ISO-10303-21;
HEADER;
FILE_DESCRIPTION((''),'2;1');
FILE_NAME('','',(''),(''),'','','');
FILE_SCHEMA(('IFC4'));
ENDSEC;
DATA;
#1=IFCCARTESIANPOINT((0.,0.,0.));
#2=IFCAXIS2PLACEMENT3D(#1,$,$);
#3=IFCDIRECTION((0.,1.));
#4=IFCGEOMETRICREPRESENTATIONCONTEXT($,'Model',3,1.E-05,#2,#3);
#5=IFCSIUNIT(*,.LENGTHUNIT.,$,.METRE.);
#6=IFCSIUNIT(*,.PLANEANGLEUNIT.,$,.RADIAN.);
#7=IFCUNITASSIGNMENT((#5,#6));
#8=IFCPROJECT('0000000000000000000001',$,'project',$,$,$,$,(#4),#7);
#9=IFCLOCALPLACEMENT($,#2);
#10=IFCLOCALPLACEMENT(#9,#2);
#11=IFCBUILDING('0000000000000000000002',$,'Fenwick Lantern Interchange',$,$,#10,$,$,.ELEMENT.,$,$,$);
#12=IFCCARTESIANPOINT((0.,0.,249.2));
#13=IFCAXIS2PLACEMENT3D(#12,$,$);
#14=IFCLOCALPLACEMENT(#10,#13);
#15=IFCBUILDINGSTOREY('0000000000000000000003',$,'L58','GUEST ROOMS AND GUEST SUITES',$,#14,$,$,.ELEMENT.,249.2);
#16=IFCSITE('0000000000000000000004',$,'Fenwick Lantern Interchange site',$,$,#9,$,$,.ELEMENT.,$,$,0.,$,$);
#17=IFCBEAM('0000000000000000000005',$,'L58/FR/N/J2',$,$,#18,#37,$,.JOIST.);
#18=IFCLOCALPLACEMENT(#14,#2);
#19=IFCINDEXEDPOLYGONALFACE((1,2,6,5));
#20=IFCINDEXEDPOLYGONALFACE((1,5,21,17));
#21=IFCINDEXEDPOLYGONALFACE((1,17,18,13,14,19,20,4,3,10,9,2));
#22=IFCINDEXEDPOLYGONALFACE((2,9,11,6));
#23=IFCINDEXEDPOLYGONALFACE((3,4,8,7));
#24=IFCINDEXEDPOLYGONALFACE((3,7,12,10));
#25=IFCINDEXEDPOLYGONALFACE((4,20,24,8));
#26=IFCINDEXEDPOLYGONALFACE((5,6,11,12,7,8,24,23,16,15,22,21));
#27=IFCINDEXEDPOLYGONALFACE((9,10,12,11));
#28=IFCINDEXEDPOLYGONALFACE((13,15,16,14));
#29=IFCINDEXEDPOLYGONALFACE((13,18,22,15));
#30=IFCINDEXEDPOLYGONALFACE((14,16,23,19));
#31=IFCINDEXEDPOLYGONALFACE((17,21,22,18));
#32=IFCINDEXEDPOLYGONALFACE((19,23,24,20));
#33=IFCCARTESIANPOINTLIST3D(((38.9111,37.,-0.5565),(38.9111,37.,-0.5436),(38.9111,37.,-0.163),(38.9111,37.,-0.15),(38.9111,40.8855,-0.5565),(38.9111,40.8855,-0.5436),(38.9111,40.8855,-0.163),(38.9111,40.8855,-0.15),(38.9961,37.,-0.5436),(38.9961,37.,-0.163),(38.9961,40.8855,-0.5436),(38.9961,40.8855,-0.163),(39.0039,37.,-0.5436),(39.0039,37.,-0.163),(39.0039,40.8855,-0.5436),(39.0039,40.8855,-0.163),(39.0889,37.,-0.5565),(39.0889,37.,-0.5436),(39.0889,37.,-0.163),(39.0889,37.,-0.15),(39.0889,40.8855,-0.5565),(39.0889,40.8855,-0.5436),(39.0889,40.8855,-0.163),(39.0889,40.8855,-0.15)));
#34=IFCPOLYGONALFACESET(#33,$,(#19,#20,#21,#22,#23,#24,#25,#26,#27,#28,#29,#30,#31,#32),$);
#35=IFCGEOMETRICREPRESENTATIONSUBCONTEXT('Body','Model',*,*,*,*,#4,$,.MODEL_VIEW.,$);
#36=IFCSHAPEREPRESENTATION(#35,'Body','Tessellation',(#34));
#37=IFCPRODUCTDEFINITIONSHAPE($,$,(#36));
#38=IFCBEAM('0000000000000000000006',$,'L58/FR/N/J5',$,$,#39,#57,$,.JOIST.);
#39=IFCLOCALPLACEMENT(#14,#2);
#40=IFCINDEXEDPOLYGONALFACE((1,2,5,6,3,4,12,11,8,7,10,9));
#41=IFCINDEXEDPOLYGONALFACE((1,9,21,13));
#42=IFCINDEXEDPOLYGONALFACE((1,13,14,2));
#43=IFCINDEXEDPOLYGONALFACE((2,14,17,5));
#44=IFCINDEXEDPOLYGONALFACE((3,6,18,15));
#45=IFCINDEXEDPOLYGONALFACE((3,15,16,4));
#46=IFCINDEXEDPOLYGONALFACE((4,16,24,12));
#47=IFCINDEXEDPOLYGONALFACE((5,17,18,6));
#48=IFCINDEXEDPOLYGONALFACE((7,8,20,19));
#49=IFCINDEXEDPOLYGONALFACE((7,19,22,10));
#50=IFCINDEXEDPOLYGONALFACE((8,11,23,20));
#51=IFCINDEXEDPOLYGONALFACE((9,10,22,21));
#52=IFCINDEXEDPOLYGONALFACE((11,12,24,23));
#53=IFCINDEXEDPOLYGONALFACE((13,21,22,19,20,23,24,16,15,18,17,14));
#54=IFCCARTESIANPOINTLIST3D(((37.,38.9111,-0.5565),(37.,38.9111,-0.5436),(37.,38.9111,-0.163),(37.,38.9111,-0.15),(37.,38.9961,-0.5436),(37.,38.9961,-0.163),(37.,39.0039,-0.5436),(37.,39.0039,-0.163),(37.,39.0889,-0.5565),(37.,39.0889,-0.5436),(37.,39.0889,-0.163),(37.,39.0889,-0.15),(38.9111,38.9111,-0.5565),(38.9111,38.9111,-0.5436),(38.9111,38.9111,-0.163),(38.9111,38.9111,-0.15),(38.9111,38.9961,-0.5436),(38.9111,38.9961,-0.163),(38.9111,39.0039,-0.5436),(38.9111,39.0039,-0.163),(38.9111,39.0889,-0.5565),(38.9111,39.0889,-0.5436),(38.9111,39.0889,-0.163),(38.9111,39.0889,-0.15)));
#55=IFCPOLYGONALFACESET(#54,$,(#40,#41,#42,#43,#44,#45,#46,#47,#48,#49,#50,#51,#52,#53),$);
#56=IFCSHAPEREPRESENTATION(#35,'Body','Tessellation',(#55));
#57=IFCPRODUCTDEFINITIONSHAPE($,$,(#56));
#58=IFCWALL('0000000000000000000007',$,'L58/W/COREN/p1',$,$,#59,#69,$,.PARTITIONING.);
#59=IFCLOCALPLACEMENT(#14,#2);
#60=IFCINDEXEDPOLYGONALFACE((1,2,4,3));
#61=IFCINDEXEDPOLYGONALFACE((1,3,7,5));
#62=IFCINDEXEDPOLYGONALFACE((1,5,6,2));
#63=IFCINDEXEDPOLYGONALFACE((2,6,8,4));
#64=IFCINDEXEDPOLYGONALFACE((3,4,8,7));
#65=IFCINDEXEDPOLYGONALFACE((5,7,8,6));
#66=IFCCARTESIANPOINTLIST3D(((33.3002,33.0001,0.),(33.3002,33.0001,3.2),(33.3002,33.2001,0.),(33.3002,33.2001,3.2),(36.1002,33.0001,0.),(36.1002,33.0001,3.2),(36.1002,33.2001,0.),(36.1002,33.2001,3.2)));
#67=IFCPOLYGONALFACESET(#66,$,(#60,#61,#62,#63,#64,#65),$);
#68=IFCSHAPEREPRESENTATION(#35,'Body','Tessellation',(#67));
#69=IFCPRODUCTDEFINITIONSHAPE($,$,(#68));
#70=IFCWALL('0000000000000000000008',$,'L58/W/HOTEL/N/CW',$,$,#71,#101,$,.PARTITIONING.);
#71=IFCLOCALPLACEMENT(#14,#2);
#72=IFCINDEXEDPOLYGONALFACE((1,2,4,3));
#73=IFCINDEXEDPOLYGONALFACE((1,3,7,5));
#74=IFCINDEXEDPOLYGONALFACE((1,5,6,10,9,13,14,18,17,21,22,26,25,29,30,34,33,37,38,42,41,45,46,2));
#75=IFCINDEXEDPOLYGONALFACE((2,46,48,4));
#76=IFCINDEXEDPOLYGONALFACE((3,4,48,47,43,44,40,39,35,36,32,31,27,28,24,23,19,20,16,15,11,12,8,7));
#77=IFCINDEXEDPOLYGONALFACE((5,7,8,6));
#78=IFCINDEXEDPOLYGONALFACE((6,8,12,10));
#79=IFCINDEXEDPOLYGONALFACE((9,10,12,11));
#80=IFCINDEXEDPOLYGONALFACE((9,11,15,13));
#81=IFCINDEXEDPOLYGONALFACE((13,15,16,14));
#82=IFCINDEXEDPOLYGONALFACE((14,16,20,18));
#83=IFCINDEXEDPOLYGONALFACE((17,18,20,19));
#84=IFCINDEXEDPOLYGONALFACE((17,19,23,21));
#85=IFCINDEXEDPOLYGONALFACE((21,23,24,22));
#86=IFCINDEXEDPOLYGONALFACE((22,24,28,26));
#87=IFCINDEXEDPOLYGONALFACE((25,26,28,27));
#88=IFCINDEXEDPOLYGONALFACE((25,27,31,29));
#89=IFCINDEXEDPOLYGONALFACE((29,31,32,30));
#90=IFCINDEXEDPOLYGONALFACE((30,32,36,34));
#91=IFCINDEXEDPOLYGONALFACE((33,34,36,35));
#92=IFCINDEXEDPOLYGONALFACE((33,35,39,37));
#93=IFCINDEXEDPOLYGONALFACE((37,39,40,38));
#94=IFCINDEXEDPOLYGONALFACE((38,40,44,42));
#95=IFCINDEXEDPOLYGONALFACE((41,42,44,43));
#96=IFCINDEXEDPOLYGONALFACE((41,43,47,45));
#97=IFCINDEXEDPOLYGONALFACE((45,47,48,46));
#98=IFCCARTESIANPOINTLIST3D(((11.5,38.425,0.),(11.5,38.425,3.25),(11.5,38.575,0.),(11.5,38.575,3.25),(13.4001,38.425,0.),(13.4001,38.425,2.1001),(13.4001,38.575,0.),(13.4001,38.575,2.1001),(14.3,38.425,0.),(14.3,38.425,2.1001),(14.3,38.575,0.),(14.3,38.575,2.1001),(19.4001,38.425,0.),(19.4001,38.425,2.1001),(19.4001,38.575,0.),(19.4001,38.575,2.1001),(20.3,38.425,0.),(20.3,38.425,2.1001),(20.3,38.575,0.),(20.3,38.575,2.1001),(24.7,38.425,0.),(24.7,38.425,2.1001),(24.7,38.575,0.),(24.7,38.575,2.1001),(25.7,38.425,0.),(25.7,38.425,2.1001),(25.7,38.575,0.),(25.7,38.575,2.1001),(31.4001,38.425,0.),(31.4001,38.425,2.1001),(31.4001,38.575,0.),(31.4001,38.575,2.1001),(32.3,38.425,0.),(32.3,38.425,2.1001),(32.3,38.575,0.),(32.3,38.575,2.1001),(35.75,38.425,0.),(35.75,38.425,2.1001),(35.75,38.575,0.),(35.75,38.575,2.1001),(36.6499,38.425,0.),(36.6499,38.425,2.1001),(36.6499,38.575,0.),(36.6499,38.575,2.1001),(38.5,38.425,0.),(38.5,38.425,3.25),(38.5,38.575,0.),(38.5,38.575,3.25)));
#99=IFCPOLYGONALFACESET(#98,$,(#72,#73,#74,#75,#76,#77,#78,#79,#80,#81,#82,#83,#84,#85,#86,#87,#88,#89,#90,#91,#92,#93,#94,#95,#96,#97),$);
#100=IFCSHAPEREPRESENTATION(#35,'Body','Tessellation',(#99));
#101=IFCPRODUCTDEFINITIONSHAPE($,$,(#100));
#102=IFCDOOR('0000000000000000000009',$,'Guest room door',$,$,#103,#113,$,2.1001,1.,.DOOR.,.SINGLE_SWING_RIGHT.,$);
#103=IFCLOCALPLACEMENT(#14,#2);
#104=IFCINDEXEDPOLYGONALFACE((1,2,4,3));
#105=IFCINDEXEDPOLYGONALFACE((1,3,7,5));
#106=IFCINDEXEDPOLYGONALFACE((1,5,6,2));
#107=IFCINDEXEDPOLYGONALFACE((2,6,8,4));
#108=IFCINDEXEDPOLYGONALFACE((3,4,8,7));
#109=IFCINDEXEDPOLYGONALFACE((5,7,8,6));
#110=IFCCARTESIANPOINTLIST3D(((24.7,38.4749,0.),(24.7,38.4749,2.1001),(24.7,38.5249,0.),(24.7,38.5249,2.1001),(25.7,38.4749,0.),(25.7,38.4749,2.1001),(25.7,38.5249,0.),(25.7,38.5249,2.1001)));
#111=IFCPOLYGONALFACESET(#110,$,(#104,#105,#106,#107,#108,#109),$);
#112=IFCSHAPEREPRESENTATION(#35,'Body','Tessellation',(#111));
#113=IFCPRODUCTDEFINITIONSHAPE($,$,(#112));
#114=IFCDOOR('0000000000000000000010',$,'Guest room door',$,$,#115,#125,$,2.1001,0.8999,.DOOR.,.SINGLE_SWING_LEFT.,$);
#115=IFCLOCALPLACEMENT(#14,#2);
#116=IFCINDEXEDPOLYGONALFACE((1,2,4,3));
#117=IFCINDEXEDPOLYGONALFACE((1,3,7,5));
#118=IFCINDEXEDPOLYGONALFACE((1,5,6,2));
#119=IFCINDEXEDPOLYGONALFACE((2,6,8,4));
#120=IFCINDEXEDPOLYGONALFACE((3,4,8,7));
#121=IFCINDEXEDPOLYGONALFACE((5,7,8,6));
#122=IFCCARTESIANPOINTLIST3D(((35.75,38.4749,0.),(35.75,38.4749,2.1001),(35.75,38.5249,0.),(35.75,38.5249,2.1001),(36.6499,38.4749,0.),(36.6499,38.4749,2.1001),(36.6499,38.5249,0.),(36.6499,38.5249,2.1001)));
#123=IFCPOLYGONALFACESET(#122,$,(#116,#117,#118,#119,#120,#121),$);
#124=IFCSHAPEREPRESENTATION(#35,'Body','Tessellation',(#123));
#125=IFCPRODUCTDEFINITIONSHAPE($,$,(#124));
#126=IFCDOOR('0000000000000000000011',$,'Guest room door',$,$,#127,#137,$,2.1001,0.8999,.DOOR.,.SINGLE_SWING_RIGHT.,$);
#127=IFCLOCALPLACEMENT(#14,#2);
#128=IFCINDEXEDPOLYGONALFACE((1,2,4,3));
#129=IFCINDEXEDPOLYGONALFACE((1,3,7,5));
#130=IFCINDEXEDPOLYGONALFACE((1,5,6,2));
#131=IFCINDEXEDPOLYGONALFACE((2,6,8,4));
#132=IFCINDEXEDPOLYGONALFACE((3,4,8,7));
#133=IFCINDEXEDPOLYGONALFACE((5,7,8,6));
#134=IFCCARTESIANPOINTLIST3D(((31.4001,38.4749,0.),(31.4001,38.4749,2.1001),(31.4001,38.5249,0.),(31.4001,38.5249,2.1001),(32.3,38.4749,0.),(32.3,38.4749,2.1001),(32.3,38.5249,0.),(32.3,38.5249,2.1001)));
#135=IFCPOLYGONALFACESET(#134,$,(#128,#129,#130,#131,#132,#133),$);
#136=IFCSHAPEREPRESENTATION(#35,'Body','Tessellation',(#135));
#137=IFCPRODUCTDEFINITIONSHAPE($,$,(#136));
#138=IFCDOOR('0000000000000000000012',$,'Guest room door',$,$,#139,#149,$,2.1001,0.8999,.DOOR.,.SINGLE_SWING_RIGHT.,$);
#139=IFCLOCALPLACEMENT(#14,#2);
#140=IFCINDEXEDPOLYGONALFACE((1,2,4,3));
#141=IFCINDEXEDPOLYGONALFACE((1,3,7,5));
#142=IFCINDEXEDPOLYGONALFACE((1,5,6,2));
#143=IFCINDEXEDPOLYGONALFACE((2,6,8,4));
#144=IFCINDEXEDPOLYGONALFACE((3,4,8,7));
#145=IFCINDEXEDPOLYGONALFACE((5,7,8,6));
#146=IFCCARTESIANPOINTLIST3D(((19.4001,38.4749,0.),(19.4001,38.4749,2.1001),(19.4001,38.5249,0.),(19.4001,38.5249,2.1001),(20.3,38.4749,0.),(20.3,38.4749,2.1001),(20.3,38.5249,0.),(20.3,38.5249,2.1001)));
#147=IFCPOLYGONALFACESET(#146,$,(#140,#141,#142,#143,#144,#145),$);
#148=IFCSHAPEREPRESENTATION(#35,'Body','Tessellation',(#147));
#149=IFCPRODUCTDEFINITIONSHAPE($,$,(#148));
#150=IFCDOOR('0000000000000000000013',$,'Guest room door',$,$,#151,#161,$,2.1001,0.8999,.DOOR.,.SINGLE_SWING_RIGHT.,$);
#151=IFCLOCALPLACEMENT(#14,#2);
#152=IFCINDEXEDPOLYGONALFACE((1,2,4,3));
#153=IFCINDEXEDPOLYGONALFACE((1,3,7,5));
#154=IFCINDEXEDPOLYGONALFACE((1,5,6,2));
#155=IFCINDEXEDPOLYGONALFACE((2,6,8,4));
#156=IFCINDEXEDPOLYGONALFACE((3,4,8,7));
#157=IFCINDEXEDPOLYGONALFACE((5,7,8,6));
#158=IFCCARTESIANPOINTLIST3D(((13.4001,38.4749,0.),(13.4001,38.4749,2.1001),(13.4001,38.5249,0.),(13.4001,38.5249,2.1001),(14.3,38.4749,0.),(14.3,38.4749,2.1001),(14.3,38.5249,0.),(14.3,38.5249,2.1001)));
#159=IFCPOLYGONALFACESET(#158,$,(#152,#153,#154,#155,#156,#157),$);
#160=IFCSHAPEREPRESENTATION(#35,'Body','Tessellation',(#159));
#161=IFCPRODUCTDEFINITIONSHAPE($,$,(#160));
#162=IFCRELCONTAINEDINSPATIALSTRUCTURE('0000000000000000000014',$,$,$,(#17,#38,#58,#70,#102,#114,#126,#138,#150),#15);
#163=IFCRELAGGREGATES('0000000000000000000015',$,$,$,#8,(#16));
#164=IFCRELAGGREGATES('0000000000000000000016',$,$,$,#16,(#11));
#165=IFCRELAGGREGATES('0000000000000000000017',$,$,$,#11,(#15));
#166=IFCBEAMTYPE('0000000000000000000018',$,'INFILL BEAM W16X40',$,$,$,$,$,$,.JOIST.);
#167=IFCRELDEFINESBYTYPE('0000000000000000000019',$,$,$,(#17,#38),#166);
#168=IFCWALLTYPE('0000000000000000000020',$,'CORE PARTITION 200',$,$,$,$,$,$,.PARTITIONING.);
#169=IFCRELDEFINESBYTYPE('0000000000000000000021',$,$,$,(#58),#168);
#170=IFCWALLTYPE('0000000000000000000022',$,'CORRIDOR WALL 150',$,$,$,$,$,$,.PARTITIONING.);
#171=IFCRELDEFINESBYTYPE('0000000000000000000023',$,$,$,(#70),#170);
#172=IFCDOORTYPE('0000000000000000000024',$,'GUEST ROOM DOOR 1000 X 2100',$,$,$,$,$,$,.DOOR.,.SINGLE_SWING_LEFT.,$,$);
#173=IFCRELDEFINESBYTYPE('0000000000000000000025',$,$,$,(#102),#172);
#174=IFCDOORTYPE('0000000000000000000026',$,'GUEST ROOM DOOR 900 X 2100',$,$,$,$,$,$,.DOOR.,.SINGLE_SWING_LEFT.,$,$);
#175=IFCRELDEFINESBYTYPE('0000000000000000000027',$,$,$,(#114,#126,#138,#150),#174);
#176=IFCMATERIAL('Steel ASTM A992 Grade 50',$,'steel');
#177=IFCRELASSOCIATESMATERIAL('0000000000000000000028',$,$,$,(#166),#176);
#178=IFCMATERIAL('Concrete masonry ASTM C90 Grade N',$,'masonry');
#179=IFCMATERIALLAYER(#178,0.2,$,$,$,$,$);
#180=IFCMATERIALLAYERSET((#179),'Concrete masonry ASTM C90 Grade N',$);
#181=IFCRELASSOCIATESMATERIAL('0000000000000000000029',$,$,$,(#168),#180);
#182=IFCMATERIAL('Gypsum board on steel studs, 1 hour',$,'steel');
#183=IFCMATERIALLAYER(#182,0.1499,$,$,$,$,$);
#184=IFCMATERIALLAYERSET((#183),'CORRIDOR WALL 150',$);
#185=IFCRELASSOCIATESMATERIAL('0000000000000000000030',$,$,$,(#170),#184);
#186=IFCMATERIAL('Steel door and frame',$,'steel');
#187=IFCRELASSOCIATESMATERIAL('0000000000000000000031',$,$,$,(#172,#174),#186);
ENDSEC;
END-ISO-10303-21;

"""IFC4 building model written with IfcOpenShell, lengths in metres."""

from ifc_helpers import new_model, si_unit, direction, frame, frame_2d, origin, origin_2d, place, context, subcontext, project, spatial, rectangle, i_section, extrude, material, layer, layer_set, material_profile, profile_set, type_object, element, fill, save


model = new_model("IFC4")

# Units and contexts
model_context = context("Model", 3, precision=1e-05, world=origin(), true_north=direction((0.0, 1.0)))
body_context = subcontext(model_context, "Body", "Model", "MODEL_VIEW")
ifc_project = project(units=[si_unit("LENGTHUNIT", "METRE"), si_unit("PLANEANGLEUNIT", "RADIAN")], contexts=[model_context])

# Site, building, storey
site_placement = place(None, origin())
site = spatial("IfcSite", under=ifc_project, at=site_placement, Name="Fenwick Lantern Interchange site", CompositionType="ELEMENT", RefElevation=0.0)
building_placement = place(site_placement, origin())
building = spatial("IfcBuilding", under=site, at=building_placement, Name="Fenwick Lantern Interchange", CompositionType="ELEMENT")
storey_placement = place(building_placement, frame((0.0, 0.0, 249.2)))
storey = spatial("IfcBuildingStorey", under=building, at=storey_placement, Name="L58", Description="GUEST ROOMS AND GUEST SUITES", CompositionType="ELEMENT", Elevation=249.2)

# Beams
ifc_material_1 = material(Name="Steel ASTM A992 Grade 50", Category="steel")
ifc_material_profile = material_profile(ifc_material_1, i_section(OverallWidth=0.1777, OverallDepth=0.4065, WebThickness=0.0078, FlangeThickness=0.0129, at=origin_2d()), Name="W16X40")
ifc_profile_set = profile_set([ifc_material_profile], Name="Steel ASTM A992 Grade 50")
beam_type = type_object("IfcBeamType", Name="INFILL BEAM W16X40", PredefinedType="JOIST", material=ifc_profile_set)
beam_1_placement = place(storey_placement, frame((39.0, 40.8855, -0.3533), z_axis=(0.0, -1.0, 0.0), x_axis=(1.0, 0.0, 0.0)))
element("IfcBeam", 1, at=beam_1_placement, inside=storey, type_object=beam_type, Name="L58/FR/N/J2", PredefinedType="JOIST", context=body_context, shape_type="SweptSolid", body=[
    extrude(i_section(OverallWidth=0.1777, OverallDepth=0.4065, WebThickness=0.0078, FlangeThickness=0.0129, at=origin_2d()), origin(), (0.0, 0.0, 1.0), 3.8855),
])
beam_2_placement = place(storey_placement, frame((38.9111, 39.0, -0.3533), z_axis=(-1.0, 0.0, 0.0), x_axis=(0.0, -1.0, 0.0)))
element("IfcBeam", 2, at=beam_2_placement, inside=storey, type_object=beam_type, Name="L58/FR/N/J5", PredefinedType="JOIST", context=body_context, shape_type="SweptSolid", body=[
    extrude(i_section(OverallWidth=0.1777, OverallDepth=0.4065, WebThickness=0.0078, FlangeThickness=0.0129, at=origin_2d()), origin(), (0.0, 0.0, 1.0), 1.9111),
])

# Wall
ifc_material_2 = material(Name="Concrete masonry ASTM C90 Grade N", Category="masonry")
ifc_layer_1 = layer(ifc_material_2, 0.2)
ifc_layer_set_1 = layer_set([ifc_layer_1], Name="Concrete masonry ASTM C90 Grade N")
wall_type_1 = type_object("IfcWallType", Name="CORE PARTITION 200", PredefinedType="PARTITIONING", material=ifc_layer_set_1)
wall_1_placement = place(storey_placement, frame((36.1001, 33.1001, 0.0), z_axis=(0.0, 0.0, 1.0), x_axis=(-1.0, 0.0, 0.0)))
element("IfcWall", 3, at=wall_1_placement, inside=storey, type_object=wall_type_1, Name="L58/W/COREN/p1", PredefinedType="PARTITIONING", context=body_context, shape_type="SweptSolid", body=[
    extrude(rectangle(XDim=2.8, YDim=0.2, at=frame_2d((1.3999, 0.0))), origin(), (0.0, 0.0, 1.0), 3.2),
])

# Wall, openings, doors
ifc_material_3 = material(Name="Steel door and frame", Category="steel")
ifc_material_4 = material(Name="Gypsum board on steel studs, 1 hour", Category="steel")
ifc_layer_2 = layer(ifc_material_4, 0.1499)
ifc_layer_set_2 = layer_set([ifc_layer_2], Name="CORRIDOR WALL 150")
wall_type_2 = type_object("IfcWallType", Name="CORRIDOR WALL 150", PredefinedType="PARTITIONING", material=ifc_layer_set_2)
wall_2_placement = place(storey_placement, frame((38.5, 38.5, 0.0), z_axis=(0.0, 0.0, 1.0), x_axis=(-1.0, 0.0, 0.0)))
wall_2 = element("IfcWall", 4, at=wall_2_placement, inside=storey, type_object=wall_type_2, Name="L58/W/HOTEL/N/CW", PredefinedType="PARTITIONING", context=body_context, shape_type="SweptSolid", body=[
    extrude(rectangle(XDim=27.0, YDim=0.1499, at=frame_2d((13.5, 0.0))), origin(), (0.0, 0.0, 1.0), 3.25),
])
opening_1_placement = place(wall_2_placement, frame((1.8501, 0.0, 0.0)))
opening_1 = element("IfcOpeningElement", 5, at=opening_1_placement, cuts=wall_2, PredefinedType="OPENING", context=body_context, shape_type="SweptSolid", body=[
    extrude(rectangle(XDim=0.8999, YDim=2.1001, at=frame_2d((0.45, 1.05))), frame((0.0, 0.085, 0.0), z_axis=(0.0, -1.0, 0.0), x_axis=(1.0, 0.0, 0.0)), (0.0, 0.0, 1.0), 0.1699),
])
opening_2_placement = place(wall_2_placement, frame((6.2, 0.0, 0.0)))
opening_2 = element("IfcOpeningElement", 6, at=opening_2_placement, cuts=wall_2, PredefinedType="OPENING", context=body_context, shape_type="SweptSolid", body=[
    extrude(rectangle(XDim=0.8999, YDim=2.1001, at=frame_2d((0.45, 1.05))), frame((0.0, 0.085, 0.0), z_axis=(0.0, -1.0, 0.0), x_axis=(1.0, 0.0, 0.0)), (0.0, 0.0, 1.0), 0.1699),
])
opening_3_placement = place(wall_2_placement, frame((12.8, 0.0, 0.0)))
opening_3 = element("IfcOpeningElement", 7, at=opening_3_placement, cuts=wall_2, PredefinedType="OPENING", context=body_context, shape_type="SweptSolid", body=[
    extrude(rectangle(XDim=1.0, YDim=2.1001, at=frame_2d((0.5, 1.05))), frame((0.0, 0.085, 0.0), z_axis=(0.0, -1.0, 0.0), x_axis=(1.0, 0.0, 0.0)), (0.0, 0.0, 1.0), 0.1699),
])
opening_4_placement = place(wall_2_placement, frame((18.2, 0.0, 0.0)))
opening_4 = element("IfcOpeningElement", 8, at=opening_4_placement, cuts=wall_2, PredefinedType="OPENING", context=body_context, shape_type="SweptSolid", body=[
    extrude(rectangle(XDim=0.8999, YDim=2.1001, at=frame_2d((0.45, 1.05))), frame((0.0, 0.085, 0.0), z_axis=(0.0, -1.0, 0.0), x_axis=(1.0, 0.0, 0.0)), (0.0, 0.0, 1.0), 0.1699),
])
opening_5_placement = place(wall_2_placement, frame((24.2, 0.0, 0.0)))
opening_5 = element("IfcOpeningElement", 9, at=opening_5_placement, cuts=wall_2, PredefinedType="OPENING", context=body_context, shape_type="SweptSolid", body=[
    extrude(rectangle(XDim=0.8999, YDim=2.1001, at=frame_2d((0.45, 1.05))), frame((0.0, 0.085, 0.0), z_axis=(0.0, -1.0, 0.0), x_axis=(1.0, 0.0, 0.0)), (0.0, 0.0, 1.0), 0.1699),
])
door_type_1 = type_object("IfcDoorType", Name="GUEST ROOM DOOR 1000 X 2100", OperationType="SINGLE_SWING_LEFT", PredefinedType="DOOR", material=ifc_material_3)
door_1_placement = place(opening_3_placement, frame((1.0, 0.0, 0.0), z_axis=(0.0, 0.0, 1.0), x_axis=(-1.0, 0.0, 0.0)))
door_1 = element("IfcDoor", 10, at=door_1_placement, inside=storey, type_object=door_type_1, Name="Guest room door", OperationType="SINGLE_SWING_RIGHT", OverallHeight=2.1001, OverallWidth=1.0, PredefinedType="DOOR", context=body_context, shape_type="SweptSolid", body=[
    extrude(rectangle(XDim=1.0, YDim=2.1001, at=frame_2d((0.5, 1.05))), frame((0.0, 0.0249, 0.0), z_axis=(0.0, -1.0, 0.0), x_axis=(1.0, 0.0, 0.0)), (0.0, 0.0, 1.0), 0.05),
])
fill(opening_3, door_1)
door_type_2 = type_object("IfcDoorType", Name="GUEST ROOM DOOR 900 X 2100", OperationType="SINGLE_SWING_LEFT", PredefinedType="DOOR", material=ifc_material_3)
door_2_placement = place(opening_1_placement, frame((0.8999, 0.0, 0.0), z_axis=(0.0, 0.0, 1.0), x_axis=(-1.0, 0.0, 0.0)))
door_2 = element("IfcDoor", 11, at=door_2_placement, inside=storey, type_object=door_type_2, Name="Guest room door", OperationType="SINGLE_SWING_LEFT", OverallHeight=2.1001, OverallWidth=0.8999, PredefinedType="DOOR", context=body_context, shape_type="SweptSolid", body=[
    extrude(rectangle(XDim=0.8999, YDim=2.1001, at=frame_2d((0.45, 1.05))), frame((0.0, 0.0249, 0.0), z_axis=(0.0, -1.0, 0.0), x_axis=(1.0, 0.0, 0.0)), (0.0, 0.0, 1.0), 0.05),
])
fill(opening_1, door_2)
door_3_placement = place(opening_2_placement, frame((0.8999, 0.0, 0.0), z_axis=(0.0, 0.0, 1.0), x_axis=(-1.0, 0.0, 0.0)))
door_3 = element("IfcDoor", 12, at=door_3_placement, inside=storey, type_object=door_type_2, Name="Guest room door", OperationType="SINGLE_SWING_RIGHT", OverallHeight=2.1001, OverallWidth=0.8999, PredefinedType="DOOR", context=body_context, shape_type="SweptSolid", body=[
    extrude(rectangle(XDim=0.8999, YDim=2.1001, at=frame_2d((0.45, 1.05))), frame((0.0, 0.0249, 0.0), z_axis=(0.0, -1.0, 0.0), x_axis=(1.0, 0.0, 0.0)), (0.0, 0.0, 1.0), 0.05),
])
fill(opening_2, door_3)
door_4_placement = place(opening_4_placement, frame((0.8999, 0.0, 0.0), z_axis=(0.0, 0.0, 1.0), x_axis=(-1.0, 0.0, 0.0)))
door_4 = element("IfcDoor", 13, at=door_4_placement, inside=storey, type_object=door_type_2, Name="Guest room door", OperationType="SINGLE_SWING_RIGHT", OverallHeight=2.1001, OverallWidth=0.8999, PredefinedType="DOOR", context=body_context, shape_type="SweptSolid", body=[
    extrude(rectangle(XDim=0.8999, YDim=2.1001, at=frame_2d((0.45, 1.05))), frame((0.0, 0.0249, 0.0), z_axis=(0.0, -1.0, 0.0), x_axis=(1.0, 0.0, 0.0)), (0.0, 0.0, 1.0), 0.05),
])
fill(opening_4, door_4)
door_5_placement = place(opening_5_placement, frame((0.8999, 0.0, 0.0), z_axis=(0.0, 0.0, 1.0), x_axis=(-1.0, 0.0, 0.0)))
door_5 = element("IfcDoor", 14, at=door_5_placement, inside=storey, type_object=door_type_2, Name="Guest room door", OperationType="SINGLE_SWING_RIGHT", OverallHeight=2.1001, OverallWidth=0.8999, PredefinedType="DOOR", context=body_context, shape_type="SweptSolid", body=[
    extrude(rectangle(XDim=0.8999, YDim=2.1001, at=frame_2d((0.45, 1.05))), frame((0.0, 0.0249, 0.0), z_axis=(0.0, -1.0, 0.0), x_axis=(1.0, 0.0, 0.0)), (0.0, 0.0, 1.0), 0.05),
])
fill(opening_5, door_5)

save(model, "model.ifc")
